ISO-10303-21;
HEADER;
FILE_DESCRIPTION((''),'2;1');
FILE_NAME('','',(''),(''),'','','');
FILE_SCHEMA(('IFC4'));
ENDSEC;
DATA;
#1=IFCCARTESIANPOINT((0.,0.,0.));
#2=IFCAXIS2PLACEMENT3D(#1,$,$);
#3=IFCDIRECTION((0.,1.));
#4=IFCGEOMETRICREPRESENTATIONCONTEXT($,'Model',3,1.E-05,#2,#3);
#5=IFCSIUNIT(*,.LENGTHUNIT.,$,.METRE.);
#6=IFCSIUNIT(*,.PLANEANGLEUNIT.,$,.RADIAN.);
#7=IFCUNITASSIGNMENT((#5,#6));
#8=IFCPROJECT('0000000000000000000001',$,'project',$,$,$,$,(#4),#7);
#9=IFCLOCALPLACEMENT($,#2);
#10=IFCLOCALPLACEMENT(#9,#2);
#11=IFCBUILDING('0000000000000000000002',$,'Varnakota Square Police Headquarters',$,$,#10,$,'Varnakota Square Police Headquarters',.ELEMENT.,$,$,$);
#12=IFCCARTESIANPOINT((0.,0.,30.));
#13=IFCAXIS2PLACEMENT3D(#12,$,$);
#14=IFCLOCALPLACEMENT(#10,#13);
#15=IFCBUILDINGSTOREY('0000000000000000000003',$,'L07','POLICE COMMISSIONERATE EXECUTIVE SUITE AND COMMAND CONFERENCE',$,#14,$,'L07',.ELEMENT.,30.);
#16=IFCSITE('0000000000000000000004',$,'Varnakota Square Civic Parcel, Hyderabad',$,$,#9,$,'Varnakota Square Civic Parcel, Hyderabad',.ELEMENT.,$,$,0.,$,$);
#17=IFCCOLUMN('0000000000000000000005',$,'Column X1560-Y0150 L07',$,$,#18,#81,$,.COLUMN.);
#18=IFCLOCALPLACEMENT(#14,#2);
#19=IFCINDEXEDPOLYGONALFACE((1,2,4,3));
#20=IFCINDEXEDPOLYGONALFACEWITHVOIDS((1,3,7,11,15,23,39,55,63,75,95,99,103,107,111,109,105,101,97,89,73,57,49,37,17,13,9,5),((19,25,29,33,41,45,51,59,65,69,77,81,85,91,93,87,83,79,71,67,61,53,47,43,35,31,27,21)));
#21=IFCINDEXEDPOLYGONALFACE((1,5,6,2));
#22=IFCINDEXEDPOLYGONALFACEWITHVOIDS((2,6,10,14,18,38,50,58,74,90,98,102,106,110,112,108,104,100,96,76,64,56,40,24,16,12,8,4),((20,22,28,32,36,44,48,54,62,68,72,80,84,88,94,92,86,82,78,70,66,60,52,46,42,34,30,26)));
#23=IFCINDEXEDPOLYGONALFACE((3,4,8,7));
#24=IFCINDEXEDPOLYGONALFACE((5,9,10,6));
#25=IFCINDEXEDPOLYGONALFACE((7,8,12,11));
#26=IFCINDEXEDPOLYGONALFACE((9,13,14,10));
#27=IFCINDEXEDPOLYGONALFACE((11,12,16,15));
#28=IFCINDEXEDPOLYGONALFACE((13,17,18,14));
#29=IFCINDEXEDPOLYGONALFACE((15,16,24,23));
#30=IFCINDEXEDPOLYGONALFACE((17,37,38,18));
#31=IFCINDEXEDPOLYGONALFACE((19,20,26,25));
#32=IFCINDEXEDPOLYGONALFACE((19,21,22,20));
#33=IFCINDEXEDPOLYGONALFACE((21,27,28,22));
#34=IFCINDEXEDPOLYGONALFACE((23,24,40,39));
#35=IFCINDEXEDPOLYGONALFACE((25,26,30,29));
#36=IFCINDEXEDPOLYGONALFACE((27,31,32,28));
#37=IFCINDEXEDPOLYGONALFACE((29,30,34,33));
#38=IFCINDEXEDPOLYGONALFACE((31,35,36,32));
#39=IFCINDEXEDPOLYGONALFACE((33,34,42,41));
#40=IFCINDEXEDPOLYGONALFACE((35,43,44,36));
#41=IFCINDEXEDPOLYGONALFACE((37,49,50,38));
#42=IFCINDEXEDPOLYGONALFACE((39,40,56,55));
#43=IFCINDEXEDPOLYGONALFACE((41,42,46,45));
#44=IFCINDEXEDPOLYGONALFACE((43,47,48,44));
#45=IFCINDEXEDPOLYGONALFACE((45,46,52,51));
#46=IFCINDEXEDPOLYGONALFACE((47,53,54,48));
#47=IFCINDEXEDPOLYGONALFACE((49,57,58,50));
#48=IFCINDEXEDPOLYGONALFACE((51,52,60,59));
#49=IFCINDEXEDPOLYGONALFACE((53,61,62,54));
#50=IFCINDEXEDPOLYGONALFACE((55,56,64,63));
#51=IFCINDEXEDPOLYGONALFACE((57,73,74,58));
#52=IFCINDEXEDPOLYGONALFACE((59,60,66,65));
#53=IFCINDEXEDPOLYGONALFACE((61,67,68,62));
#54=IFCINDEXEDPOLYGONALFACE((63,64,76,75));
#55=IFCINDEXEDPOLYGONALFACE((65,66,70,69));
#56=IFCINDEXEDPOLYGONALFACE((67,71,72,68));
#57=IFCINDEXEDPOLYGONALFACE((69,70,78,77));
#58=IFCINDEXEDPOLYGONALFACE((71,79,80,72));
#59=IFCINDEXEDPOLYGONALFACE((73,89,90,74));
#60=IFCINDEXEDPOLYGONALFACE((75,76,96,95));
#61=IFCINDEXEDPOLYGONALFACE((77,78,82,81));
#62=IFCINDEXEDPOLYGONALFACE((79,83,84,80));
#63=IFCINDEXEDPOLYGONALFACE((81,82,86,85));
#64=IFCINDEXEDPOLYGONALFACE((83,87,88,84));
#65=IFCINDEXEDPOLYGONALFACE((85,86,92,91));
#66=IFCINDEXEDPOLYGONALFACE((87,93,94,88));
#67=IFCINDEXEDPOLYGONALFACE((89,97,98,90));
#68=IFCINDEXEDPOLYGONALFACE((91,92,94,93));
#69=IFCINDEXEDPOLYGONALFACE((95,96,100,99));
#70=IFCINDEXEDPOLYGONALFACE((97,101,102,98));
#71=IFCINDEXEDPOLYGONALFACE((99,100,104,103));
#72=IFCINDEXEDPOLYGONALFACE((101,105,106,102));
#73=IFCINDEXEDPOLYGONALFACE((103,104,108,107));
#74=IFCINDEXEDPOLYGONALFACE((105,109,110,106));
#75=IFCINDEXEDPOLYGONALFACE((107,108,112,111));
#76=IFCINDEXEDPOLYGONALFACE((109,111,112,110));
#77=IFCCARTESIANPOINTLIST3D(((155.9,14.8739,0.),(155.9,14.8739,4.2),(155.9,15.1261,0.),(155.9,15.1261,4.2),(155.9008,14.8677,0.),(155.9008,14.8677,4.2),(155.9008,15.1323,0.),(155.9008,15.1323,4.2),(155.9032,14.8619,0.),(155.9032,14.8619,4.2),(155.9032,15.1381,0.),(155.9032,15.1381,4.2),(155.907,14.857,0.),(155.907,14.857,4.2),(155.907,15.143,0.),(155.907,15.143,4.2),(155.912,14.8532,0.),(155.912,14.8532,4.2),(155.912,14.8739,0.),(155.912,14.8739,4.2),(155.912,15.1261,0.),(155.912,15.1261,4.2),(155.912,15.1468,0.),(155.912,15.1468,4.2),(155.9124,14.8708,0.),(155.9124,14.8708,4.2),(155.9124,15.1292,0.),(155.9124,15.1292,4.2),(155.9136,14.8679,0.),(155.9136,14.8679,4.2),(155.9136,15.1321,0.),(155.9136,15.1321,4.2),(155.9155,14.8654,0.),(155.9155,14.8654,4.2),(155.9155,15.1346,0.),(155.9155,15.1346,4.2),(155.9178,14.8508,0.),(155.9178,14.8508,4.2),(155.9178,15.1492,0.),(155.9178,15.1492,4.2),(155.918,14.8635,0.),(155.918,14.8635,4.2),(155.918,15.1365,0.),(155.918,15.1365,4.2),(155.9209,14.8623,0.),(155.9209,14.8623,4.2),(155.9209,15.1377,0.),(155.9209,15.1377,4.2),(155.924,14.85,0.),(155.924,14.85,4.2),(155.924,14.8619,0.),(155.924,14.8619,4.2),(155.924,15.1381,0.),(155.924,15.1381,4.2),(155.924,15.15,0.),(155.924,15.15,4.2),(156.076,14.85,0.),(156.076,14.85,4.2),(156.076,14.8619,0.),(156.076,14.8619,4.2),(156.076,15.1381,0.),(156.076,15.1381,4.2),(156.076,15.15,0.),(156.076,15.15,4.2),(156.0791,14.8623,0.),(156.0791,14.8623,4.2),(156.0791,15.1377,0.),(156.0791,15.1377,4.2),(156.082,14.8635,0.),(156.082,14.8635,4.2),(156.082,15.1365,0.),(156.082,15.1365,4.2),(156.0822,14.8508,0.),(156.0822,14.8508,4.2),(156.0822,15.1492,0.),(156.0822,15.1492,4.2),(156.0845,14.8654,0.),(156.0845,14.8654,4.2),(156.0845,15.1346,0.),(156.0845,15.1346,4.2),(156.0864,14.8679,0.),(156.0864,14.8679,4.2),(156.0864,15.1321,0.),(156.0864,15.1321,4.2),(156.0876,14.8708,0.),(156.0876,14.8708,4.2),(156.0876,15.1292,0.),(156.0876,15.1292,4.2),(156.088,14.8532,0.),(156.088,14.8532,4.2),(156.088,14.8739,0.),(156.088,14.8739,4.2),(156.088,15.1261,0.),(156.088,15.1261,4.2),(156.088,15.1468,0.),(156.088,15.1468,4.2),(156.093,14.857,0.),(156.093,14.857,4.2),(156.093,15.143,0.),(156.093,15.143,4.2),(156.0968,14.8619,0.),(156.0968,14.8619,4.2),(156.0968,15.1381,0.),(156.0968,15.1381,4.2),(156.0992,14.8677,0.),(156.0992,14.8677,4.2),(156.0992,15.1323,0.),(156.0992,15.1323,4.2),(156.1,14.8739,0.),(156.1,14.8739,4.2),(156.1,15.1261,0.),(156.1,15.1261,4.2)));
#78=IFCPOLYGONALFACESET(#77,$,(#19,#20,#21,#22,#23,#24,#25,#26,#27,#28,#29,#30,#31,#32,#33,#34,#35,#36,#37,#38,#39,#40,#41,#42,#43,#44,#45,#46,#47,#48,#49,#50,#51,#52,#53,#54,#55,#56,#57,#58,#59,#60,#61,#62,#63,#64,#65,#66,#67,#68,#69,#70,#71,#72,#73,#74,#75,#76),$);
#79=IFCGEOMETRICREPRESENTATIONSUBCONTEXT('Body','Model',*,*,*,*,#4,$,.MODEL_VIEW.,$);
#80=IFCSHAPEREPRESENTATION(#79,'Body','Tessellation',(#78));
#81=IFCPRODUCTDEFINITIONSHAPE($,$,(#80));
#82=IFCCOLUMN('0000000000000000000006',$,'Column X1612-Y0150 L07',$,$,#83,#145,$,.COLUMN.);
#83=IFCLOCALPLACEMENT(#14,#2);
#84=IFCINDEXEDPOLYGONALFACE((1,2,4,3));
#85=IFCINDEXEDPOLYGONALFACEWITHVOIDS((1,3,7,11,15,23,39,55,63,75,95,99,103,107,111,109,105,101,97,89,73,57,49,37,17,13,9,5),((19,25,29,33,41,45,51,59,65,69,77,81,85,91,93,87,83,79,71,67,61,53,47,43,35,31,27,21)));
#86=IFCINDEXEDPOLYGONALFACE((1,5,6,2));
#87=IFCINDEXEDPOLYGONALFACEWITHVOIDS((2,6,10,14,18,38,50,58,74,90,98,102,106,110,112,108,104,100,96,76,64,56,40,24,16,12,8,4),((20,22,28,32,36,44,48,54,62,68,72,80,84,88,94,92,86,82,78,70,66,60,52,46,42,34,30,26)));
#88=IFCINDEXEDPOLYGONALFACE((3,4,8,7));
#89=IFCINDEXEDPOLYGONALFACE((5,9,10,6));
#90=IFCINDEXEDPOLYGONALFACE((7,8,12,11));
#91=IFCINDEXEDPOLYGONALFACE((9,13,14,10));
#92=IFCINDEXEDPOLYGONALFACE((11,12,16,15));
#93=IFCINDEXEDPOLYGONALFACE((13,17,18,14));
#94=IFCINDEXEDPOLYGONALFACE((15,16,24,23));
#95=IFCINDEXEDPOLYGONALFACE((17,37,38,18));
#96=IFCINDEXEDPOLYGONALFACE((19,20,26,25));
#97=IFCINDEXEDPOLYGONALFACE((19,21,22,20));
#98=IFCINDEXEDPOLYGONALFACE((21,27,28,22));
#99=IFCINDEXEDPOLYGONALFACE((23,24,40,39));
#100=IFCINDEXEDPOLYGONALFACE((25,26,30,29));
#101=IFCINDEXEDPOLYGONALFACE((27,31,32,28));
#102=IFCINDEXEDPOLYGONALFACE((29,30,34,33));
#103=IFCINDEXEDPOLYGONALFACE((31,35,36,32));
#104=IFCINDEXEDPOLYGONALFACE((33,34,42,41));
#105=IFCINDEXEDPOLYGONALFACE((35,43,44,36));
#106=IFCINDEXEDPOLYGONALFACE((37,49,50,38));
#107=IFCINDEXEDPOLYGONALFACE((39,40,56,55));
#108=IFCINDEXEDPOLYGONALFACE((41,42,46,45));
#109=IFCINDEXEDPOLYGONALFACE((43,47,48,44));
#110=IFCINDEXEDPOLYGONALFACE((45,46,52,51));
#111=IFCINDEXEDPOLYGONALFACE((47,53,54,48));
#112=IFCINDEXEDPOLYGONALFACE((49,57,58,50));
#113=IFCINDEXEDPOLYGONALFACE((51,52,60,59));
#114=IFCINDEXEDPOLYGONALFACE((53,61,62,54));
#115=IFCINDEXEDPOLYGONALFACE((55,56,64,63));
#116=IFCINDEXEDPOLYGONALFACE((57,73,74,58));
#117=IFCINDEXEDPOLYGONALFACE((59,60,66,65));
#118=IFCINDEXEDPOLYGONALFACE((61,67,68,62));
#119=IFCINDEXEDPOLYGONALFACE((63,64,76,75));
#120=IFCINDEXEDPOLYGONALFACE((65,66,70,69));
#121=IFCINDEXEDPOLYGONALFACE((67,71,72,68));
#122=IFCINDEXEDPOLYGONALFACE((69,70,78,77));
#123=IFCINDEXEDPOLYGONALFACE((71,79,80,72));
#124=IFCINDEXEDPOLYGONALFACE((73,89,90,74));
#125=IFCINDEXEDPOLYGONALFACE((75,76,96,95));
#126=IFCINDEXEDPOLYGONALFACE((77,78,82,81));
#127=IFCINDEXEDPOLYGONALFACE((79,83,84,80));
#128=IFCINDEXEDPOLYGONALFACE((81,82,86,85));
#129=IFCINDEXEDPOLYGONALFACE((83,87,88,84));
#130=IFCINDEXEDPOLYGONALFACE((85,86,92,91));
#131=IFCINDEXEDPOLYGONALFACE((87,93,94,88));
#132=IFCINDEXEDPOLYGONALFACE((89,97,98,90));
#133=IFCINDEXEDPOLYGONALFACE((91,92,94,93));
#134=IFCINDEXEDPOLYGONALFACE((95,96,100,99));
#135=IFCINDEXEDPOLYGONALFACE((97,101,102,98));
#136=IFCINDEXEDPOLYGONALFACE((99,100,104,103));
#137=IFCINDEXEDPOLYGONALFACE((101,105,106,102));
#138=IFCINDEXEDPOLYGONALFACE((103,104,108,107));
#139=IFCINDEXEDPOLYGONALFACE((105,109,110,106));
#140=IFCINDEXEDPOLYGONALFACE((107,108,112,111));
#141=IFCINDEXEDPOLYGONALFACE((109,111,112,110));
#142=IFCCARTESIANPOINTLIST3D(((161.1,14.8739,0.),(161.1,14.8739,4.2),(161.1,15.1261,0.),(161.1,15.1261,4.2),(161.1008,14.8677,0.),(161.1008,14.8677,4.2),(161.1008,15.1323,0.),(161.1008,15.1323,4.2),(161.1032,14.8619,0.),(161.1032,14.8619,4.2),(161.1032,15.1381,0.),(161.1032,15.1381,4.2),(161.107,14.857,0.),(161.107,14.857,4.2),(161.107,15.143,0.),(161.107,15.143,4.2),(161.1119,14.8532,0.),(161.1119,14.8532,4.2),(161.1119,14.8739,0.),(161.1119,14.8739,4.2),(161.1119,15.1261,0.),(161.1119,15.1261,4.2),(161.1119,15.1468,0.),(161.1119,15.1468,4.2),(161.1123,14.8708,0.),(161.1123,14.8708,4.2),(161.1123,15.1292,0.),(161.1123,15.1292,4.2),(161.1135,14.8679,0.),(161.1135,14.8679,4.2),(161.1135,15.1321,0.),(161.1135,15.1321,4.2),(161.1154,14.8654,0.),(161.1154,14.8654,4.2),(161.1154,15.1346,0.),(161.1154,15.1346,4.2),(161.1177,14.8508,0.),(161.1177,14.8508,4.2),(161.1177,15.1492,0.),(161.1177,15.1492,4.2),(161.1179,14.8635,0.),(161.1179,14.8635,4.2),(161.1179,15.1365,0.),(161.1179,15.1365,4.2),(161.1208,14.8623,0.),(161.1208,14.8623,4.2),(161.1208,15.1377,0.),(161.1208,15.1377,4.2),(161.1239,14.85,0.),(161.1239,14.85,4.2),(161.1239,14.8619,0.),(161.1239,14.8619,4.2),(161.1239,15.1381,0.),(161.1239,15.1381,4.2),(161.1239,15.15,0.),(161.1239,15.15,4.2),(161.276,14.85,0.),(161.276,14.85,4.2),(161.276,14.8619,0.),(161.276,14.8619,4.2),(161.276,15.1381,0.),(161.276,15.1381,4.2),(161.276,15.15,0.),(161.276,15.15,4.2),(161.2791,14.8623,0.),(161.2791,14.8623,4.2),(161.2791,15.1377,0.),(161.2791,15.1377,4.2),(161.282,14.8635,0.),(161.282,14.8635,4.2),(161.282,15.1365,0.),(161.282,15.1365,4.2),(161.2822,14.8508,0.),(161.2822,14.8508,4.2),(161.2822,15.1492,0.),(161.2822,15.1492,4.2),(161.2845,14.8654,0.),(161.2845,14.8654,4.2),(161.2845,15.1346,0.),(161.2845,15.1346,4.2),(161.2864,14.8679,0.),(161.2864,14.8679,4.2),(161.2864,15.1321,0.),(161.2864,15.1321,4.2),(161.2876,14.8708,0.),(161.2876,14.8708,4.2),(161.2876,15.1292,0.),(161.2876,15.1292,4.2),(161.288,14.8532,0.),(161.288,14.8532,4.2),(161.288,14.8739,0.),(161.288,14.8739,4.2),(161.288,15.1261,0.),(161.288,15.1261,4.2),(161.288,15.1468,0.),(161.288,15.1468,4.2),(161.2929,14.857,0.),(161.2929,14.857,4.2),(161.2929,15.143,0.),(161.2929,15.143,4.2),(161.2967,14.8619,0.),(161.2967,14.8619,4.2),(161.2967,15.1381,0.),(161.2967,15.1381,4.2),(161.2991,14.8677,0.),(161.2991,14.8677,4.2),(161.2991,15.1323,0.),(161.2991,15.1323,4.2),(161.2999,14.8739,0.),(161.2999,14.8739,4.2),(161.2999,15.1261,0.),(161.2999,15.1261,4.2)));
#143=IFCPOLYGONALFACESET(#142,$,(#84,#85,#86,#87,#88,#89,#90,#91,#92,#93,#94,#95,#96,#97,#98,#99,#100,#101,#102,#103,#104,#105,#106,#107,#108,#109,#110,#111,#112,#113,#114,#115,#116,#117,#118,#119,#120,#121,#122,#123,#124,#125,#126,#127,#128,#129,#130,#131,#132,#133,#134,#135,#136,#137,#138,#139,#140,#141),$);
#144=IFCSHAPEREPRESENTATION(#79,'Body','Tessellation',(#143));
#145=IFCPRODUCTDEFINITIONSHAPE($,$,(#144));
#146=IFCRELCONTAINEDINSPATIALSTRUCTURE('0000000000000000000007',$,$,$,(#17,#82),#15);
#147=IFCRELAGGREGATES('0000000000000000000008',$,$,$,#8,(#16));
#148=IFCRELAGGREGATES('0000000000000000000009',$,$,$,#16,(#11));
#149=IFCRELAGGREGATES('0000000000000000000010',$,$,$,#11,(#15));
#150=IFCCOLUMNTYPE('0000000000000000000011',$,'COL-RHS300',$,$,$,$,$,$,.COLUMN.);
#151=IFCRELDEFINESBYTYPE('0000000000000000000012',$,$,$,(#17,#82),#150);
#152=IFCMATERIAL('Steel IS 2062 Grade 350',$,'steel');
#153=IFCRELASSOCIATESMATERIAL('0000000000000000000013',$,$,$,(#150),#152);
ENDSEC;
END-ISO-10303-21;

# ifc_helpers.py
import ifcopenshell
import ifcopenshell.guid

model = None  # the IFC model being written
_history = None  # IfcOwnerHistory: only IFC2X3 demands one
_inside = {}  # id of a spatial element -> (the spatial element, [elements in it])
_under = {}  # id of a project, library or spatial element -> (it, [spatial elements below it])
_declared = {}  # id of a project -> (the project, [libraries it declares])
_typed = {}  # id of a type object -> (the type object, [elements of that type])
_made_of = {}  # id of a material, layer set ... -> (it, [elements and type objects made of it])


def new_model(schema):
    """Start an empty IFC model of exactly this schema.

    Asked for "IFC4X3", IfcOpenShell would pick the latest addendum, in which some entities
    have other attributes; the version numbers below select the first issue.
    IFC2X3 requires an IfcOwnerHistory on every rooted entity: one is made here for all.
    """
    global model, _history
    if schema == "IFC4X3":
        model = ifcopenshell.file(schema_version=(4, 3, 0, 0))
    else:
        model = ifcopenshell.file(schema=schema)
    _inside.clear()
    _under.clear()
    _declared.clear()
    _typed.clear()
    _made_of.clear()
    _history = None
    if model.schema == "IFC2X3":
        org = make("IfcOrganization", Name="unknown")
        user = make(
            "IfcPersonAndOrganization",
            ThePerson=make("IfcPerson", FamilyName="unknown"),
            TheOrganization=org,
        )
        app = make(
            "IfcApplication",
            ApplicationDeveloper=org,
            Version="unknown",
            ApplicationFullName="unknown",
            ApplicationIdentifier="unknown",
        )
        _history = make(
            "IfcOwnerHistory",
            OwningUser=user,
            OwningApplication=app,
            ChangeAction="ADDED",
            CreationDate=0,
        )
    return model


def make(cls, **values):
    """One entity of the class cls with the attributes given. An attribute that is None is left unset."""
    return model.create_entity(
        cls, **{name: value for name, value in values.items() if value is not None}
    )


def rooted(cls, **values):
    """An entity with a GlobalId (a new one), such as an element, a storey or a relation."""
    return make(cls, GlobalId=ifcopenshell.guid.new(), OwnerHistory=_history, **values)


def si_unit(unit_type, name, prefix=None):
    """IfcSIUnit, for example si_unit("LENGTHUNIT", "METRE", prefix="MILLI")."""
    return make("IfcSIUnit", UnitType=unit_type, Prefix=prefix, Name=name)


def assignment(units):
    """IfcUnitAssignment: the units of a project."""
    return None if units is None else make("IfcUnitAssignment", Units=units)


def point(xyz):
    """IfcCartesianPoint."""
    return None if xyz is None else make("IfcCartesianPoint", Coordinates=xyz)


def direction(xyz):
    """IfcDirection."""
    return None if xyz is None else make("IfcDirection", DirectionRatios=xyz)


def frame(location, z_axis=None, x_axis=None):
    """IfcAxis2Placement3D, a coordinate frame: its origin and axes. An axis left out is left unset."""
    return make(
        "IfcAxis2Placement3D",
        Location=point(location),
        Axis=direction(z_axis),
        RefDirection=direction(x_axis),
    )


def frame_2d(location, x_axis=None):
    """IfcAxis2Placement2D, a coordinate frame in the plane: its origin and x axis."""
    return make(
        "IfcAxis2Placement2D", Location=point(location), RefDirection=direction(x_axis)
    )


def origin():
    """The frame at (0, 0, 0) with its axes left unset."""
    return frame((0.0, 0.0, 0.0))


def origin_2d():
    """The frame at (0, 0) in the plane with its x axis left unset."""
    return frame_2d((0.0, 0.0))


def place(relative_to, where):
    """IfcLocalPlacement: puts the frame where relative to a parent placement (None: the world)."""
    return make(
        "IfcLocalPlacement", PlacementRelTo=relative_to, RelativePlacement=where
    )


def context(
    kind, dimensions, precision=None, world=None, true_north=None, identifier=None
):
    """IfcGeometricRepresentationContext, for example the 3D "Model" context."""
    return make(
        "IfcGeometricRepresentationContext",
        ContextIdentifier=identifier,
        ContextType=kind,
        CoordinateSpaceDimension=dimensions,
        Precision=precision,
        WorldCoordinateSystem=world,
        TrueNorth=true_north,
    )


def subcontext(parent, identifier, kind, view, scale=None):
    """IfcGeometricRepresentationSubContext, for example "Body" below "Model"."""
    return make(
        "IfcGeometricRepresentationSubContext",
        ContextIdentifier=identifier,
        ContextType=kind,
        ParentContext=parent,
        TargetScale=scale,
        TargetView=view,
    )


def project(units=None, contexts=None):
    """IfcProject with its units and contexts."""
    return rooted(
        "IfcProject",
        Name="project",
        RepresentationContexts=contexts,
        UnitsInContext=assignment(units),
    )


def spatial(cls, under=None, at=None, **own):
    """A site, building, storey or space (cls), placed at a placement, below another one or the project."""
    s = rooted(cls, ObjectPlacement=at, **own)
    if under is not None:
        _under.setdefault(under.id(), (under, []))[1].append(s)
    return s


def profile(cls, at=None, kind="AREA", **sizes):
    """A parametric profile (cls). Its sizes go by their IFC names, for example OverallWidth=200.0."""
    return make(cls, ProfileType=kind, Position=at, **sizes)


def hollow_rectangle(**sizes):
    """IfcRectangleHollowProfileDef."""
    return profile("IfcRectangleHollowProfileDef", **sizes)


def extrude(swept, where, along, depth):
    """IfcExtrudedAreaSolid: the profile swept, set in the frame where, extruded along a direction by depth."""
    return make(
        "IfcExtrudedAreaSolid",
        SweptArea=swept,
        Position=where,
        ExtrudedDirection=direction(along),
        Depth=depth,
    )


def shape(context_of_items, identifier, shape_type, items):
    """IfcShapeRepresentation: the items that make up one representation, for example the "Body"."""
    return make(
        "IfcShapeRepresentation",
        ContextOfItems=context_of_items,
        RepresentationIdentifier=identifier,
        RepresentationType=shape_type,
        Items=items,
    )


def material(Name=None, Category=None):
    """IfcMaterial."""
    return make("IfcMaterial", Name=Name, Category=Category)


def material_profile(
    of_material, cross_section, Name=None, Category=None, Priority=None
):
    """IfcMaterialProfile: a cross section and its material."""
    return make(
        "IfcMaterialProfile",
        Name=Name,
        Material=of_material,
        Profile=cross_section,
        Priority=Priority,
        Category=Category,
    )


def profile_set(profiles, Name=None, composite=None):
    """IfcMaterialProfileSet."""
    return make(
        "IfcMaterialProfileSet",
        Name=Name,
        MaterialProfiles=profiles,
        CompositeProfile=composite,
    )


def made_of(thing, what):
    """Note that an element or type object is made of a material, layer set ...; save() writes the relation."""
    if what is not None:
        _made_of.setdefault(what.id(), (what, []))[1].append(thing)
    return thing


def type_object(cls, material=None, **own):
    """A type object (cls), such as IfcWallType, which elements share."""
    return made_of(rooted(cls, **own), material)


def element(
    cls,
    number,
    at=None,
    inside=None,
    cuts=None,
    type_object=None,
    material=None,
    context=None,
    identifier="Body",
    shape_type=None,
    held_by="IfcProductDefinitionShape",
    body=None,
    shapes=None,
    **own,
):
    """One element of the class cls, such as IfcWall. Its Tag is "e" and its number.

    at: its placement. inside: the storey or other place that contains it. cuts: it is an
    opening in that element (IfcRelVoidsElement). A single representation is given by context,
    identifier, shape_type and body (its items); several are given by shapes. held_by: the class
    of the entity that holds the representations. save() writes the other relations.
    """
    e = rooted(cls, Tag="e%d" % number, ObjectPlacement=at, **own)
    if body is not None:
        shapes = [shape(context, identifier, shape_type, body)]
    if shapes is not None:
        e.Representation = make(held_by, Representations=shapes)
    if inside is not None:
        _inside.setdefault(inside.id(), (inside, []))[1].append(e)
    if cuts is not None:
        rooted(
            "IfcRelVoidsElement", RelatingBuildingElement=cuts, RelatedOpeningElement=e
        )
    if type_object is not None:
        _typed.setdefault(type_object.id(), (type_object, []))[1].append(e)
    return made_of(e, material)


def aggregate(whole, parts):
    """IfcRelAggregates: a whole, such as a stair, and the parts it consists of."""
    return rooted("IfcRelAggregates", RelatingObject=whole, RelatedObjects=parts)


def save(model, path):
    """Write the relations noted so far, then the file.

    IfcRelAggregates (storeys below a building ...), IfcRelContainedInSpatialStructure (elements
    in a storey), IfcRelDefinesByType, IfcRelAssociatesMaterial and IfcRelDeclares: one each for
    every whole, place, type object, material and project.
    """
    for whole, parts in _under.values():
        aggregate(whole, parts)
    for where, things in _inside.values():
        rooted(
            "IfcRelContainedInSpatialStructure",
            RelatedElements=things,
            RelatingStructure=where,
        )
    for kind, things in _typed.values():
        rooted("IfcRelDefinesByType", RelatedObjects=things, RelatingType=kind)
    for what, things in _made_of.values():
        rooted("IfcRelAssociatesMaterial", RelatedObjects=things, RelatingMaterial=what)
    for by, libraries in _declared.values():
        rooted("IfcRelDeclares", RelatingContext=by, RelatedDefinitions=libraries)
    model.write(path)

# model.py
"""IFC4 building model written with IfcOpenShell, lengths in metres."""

from ifc_helpers import new_model, si_unit, direction, frame, origin, origin_2d, place, context, subcontext, project, spatial, hollow_rectangle, extrude, material, material_profile, profile_set, type_object, element, save


model = new_model("IFC4")

# Units and contexts
model_context = context("Model", 3, precision=1e-05, world=origin(), true_north=direction((0.0, 1.0)))
body_context = subcontext(model_context, "Body", "Model", "MODEL_VIEW")
ifc_project = project(units=[si_unit("LENGTHUNIT", "METRE"), si_unit("PLANEANGLEUNIT", "RADIAN")], contexts=[model_context])

# Site, building, storey
site_placement = place(None, origin())
site = spatial("IfcSite", under=ifc_project, at=site_placement, Name="Varnakota Square Civic Parcel, Hyderabad", LongName="Varnakota Square Civic Parcel, Hyderabad", CompositionType="ELEMENT", RefElevation=0.0)
building_placement = place(site_placement, origin())
building = spatial("IfcBuilding", under=site, at=building_placement, Name="Varnakota Square Police Headquarters", LongName="Varnakota Square Police Headquarters", CompositionType="ELEMENT")
storey_placement = place(building_placement, frame((0.0, 0.0, 30.0)))
storey = spatial("IfcBuildingStorey", under=building, at=storey_placement, Name="L07", Description="POLICE COMMISSIONERATE EXECUTIVE SUITE AND COMMAND CONFERENCE", LongName="L07", CompositionType="ELEMENT", Elevation=30.0)

# Columns
ifc_material_1 = material(Name="Steel IS 2062 Grade 350", Category="steel")
ifc_material_profile_1 = material_profile(ifc_material_1, hollow_rectangle(XDim=0.2, YDim=0.3, WallThickness=0.012, InnerFilletRadius=0.012, OuterFilletRadius=0.0239, at=origin_2d()), Name="RHS 300x200x12")
ifc_profile_set_1 = profile_set([ifc_material_profile_1], Name="Steel IS 2062 Grade 350")
column_type_1 = type_object("IfcColumnType", Name="COL-RHS300", PredefinedType="COLUMN", material=ifc_profile_set_1)
for number, where, z_axis, x_axis, name in (
    (1, (156.0, 15.0, 0.0), (0.0, 0.0, 1.0), (1.0, 0.0, 0.0), "Column X1560-Y0150 L07"),
    (2, (161.2, 15.0, 0.0), (0.0, 0.0, 1.0), (1.0, 0.0, 0.0), "Column X1612-Y0150 L07"),
):
    element("IfcColumn", number, at=place(storey_placement, frame(where, z_axis=z_axis, x_axis=x_axis)), inside=storey, type_object=column_type_1, Name=name, PredefinedType="COLUMN", context=body_context, shape_type="SweptSolid", body=[
        extrude(hollow_rectangle(XDim=0.2, YDim=0.3, WallThickness=0.012, InnerFilletRadius=0.012, OuterFilletRadius=0.0239, at=origin_2d()), origin(), (0.0, 0.0, 1.0), 4.2),
    ])

save(model, "model.ifc")
